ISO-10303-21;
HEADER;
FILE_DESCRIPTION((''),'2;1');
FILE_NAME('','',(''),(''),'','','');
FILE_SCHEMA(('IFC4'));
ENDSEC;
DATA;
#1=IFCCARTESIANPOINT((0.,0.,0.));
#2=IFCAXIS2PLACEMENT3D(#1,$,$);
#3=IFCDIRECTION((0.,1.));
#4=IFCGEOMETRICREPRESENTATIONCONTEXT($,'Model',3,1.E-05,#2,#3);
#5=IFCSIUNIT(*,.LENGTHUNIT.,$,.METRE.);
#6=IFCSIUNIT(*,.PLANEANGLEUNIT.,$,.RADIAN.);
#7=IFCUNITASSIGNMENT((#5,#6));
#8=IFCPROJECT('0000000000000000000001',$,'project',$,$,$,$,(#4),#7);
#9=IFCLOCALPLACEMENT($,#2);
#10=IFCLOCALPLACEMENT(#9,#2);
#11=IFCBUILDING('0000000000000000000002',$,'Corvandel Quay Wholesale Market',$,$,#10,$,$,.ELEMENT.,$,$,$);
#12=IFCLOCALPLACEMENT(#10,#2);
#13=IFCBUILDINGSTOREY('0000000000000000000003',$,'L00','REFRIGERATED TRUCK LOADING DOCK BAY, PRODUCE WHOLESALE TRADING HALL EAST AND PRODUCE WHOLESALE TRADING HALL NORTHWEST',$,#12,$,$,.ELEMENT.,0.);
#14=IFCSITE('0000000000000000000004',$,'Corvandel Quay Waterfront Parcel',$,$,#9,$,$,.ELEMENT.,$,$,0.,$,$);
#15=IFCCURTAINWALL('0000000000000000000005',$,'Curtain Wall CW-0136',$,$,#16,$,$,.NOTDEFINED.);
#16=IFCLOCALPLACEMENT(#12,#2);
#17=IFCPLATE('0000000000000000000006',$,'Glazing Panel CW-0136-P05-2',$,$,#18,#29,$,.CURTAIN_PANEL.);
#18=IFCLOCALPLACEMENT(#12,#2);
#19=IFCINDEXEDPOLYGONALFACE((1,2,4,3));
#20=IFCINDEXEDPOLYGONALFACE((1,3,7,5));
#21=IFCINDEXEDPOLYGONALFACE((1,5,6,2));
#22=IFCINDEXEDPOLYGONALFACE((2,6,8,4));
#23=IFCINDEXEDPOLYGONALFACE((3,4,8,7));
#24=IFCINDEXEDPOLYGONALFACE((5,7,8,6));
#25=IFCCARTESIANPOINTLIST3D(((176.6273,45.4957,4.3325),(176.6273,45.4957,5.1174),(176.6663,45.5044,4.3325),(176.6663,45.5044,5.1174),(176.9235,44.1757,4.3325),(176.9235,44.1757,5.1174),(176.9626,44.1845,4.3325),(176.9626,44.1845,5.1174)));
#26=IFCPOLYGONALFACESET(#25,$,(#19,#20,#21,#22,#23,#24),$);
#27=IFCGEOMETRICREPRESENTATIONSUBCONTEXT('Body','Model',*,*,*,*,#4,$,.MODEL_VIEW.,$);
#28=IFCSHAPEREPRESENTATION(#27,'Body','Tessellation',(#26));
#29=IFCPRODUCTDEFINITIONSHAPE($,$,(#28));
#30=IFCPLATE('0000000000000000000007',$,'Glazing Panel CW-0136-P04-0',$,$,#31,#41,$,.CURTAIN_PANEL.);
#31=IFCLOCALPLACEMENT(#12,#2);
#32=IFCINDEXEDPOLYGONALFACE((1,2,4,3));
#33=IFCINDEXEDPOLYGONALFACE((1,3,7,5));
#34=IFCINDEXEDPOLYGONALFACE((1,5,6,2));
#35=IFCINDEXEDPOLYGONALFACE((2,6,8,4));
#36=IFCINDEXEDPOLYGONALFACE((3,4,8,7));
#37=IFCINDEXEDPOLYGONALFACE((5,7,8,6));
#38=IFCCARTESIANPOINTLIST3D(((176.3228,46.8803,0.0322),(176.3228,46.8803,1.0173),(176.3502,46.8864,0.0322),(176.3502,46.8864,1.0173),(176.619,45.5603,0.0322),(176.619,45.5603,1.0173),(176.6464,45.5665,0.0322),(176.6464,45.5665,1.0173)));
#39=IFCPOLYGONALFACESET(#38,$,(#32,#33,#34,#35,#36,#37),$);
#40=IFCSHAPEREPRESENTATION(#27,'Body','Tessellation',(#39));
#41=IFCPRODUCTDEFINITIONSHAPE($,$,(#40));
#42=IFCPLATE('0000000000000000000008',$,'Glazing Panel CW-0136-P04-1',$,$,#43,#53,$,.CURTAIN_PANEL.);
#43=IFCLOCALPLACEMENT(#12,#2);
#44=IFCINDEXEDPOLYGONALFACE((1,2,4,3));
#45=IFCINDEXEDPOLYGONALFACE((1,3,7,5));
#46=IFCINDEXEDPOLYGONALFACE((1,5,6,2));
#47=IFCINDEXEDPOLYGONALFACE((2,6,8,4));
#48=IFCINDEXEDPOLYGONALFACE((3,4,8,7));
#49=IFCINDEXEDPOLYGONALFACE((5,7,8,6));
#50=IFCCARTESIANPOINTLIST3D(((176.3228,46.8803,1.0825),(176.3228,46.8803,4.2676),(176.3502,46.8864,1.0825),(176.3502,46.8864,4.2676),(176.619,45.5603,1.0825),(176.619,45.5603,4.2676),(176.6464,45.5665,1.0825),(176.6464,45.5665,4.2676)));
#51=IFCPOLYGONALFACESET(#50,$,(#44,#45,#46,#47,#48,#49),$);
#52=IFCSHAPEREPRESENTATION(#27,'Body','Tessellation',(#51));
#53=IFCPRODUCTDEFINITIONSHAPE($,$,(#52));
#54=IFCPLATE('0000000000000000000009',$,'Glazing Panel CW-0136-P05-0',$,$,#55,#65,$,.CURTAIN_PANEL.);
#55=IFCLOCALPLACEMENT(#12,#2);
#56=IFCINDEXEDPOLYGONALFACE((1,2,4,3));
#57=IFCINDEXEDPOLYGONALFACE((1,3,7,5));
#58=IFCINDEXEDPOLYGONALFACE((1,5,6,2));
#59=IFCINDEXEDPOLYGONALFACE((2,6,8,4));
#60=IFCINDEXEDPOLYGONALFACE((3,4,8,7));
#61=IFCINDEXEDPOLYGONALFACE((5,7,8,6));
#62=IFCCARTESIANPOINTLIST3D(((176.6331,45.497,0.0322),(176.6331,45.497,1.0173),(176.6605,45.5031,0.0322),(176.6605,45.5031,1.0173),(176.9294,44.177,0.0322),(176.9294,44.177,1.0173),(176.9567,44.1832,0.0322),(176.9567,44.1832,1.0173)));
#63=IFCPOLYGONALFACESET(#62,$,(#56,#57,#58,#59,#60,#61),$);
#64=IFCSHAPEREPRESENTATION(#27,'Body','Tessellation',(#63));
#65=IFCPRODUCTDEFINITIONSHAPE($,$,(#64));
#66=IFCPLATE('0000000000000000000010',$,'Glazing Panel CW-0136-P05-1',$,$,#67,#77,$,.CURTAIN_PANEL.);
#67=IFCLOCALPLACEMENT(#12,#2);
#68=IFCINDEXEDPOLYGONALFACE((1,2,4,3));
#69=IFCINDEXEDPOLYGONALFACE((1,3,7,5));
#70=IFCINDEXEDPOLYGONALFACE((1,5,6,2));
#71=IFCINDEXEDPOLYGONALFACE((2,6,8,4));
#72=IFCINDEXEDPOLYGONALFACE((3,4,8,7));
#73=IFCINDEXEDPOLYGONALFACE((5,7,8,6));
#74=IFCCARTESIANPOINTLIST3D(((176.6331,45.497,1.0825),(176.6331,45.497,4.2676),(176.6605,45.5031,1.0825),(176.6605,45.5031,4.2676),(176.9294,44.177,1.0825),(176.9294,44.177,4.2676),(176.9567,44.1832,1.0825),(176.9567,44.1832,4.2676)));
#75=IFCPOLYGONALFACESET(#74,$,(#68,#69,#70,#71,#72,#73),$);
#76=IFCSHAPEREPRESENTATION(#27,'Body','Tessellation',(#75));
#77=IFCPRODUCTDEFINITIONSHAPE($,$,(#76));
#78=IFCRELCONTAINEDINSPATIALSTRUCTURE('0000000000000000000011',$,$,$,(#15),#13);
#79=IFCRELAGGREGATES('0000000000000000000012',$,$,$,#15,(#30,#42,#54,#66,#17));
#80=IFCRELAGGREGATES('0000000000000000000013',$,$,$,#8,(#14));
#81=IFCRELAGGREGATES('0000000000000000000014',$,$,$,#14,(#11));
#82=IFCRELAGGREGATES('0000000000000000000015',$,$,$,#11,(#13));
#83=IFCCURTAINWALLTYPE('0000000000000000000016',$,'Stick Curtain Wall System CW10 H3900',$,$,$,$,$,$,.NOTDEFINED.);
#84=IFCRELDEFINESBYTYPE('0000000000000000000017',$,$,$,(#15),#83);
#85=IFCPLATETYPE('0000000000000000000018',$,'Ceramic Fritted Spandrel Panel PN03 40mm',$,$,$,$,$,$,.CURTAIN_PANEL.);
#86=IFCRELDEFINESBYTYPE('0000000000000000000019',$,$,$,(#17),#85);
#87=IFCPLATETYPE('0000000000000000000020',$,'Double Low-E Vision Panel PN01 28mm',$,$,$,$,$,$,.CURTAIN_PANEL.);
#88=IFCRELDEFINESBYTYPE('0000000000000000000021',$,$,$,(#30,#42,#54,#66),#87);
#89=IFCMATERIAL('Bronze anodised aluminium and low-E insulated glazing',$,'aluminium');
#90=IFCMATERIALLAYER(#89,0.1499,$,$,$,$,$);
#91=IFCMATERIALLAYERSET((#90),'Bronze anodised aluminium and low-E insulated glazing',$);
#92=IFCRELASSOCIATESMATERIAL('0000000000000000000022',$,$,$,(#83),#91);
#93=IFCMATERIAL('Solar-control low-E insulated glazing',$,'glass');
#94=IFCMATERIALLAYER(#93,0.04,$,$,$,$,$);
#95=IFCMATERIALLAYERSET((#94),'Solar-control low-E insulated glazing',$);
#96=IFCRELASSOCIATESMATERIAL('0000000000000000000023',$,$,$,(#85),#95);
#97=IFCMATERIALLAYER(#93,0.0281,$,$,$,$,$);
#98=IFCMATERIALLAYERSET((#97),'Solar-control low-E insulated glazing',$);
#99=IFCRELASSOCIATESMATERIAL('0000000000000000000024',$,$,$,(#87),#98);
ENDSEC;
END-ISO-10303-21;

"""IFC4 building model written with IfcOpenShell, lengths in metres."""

from ifc_helpers import new_model, si_unit, direction, frame, origin, origin_2d, place, context, subcontext, project, spatial, rectangle, extrude, material, layer, layer_set, type_object, element, aggregate, save


model = new_model("IFC4")

# Units and contexts
model_context = context("Model", 3, precision=1e-05, world=origin(), true_north=direction((0.0, 1.0)))
body_context = subcontext(model_context, "Body", "Model", "MODEL_VIEW")
ifc_project = project(units=[si_unit("LENGTHUNIT", "METRE"), si_unit("PLANEANGLEUNIT", "RADIAN")], contexts=[model_context])

# Site, building, storey
site_placement = place(None, origin())
site = spatial("IfcSite", under=ifc_project, at=site_placement, Name="Corvandel Quay Waterfront Parcel", CompositionType="ELEMENT", RefElevation=0.0)
building_placement = place(site_placement, origin())
building = spatial("IfcBuilding", under=site, at=building_placement, Name="Corvandel Quay Wholesale Market", CompositionType="ELEMENT")
storey_placement = place(building_placement, origin())
storey = spatial("IfcBuildingStorey", under=building, at=storey_placement, Name="L00", Description="REFRIGERATED TRUCK LOADING DOCK BAY, PRODUCE WHOLESALE TRADING HALL EAST AND PRODUCE WHOLESALE TRADING HALL NORTHWEST", CompositionType="ELEMENT", Elevation=0.0)

# Curtain wall, plates
ifc_material_1 = material(Name="Bronze anodised aluminium and low-E insulated glazing", Category="aluminium")
ifc_layer_1 = layer(ifc_material_1, 0.1499)
ifc_layer_set_1 = layer_set([ifc_layer_1], Name="Bronze anodised aluminium and low-E insulated glazing")
curtain_wall_type = type_object("IfcCurtainWallType", Name="Stick Curtain Wall System CW10 H3900", PredefinedType="NOTDEFINED", material=ifc_layer_set_1)
curtain_wall_placement = place(storey_placement, origin())
curtain_wall = element("IfcCurtainWall", 1, at=curtain_wall_placement, inside=storey, type_object=curtain_wall_type, Name="Curtain Wall CW-0136", PredefinedType="NOTDEFINED")
ifc_material_2 = material(Name="Solar-control low-E insulated glazing", Category="glass")
ifc_layer_2 = layer(ifc_material_2, 0.04)
ifc_layer_set_2 = layer_set([ifc_layer_2], Name="Solar-control low-E insulated glazing")
plate_type_1 = type_object("IfcPlateType", Name="Ceramic Fritted Spandrel Panel PN03 40mm", PredefinedType="CURTAIN_PANEL", material=ifc_layer_set_2)
plate_1_placement = place(storey_placement, frame((176.7949, 44.8401, 4.3325), z_axis=(0.0, 0.0, 1.0), x_axis=(-0.218995, 0.975726, 0.0)))
plate_1 = element("IfcPlate", 2, at=plate_1_placement, type_object=plate_type_1, Name="Glazing Panel CW-0136-P05-2", PredefinedType="CURTAIN_PANEL", context=body_context, shape_type="SweptSolid", body=[
    extrude(rectangle(XDim=1.3528, YDim=0.04, at=origin_2d()), origin(), (0.0, 0.0, 1.0), 0.7849),
])
ifc_layer_3 = layer(ifc_material_2, 0.0281)
ifc_layer_set_3 = layer_set([ifc_layer_3], Name="Solar-control low-E insulated glazing")
plate_type_2 = type_object("IfcPlateType", Name="Double Low-E Vision Panel PN01 28mm", PredefinedType="CURTAIN_PANEL", material=ifc_layer_set_3)
plate_2_placement = place(storey_placement, frame((176.4846, 46.2234, 0.0322), z_axis=(0.0, 0.0, 1.0), x_axis=(-0.218995, 0.975726, 0.0)))
plate_2 = element("IfcPlate", 3, at=plate_2_placement, type_object=plate_type_2, Name="Glazing Panel CW-0136-P04-0", PredefinedType="CURTAIN_PANEL", context=body_context, shape_type="SweptSolid", body=[
    extrude(rectangle(XDim=1.3528, YDim=0.0281, at=origin_2d()), origin(), (0.0, 0.0, 1.0), 0.9851),
])
plate_3_placement = place(storey_placement, frame((176.4846, 46.2234, 1.0825), z_axis=(0.0, 0.0, 1.0), x_axis=(-0.218995, 0.975726, 0.0)))
plate_3 = element("IfcPlate", 4, at=plate_3_placement, type_object=plate_type_2, Name="Glazing Panel CW-0136-P04-1", PredefinedType="CURTAIN_PANEL", context=body_context, shape_type="SweptSolid", body=[
    extrude(rectangle(XDim=1.3528, YDim=0.0281, at=origin_2d()), origin(), (0.0, 0.0, 1.0), 3.1851),
])
plate_4_placement = place(storey_placement, frame((176.7949, 44.8401, 0.0322), z_axis=(0.0, 0.0, 1.0), x_axis=(-0.218995, 0.975726, 0.0)))
plate_4 = element("IfcPlate", 5, at=plate_4_placement, type_object=plate_type_2, Name="Glazing Panel CW-0136-P05-0", PredefinedType="CURTAIN_PANEL", context=body_context, shape_type="SweptSolid", body=[
    extrude(rectangle(XDim=1.3528, YDim=0.0281, at=origin_2d()), origin(), (0.0, 0.0, 1.0), 0.9851),
])
plate_5_placement = place(storey_placement, frame((176.7949, 44.8401, 1.0825), z_axis=(0.0, 0.0, 1.0), x_axis=(-0.218995, 0.975726, 0.0)))
plate_5 = element("IfcPlate", 6, at=plate_5_placement, type_object=plate_type_2, Name="Glazing Panel CW-0136-P05-1", PredefinedType="CURTAIN_PANEL", context=body_context, shape_type="SweptSolid", body=[
    extrude(rectangle(XDim=1.3528, YDim=0.0281, at=origin_2d()), origin(), (0.0, 0.0, 1.0), 3.1851),
])
aggregate(curtain_wall, [plate_2, plate_3, plate_4, plate_5, plate_1])

save(model, "model.ifc")
